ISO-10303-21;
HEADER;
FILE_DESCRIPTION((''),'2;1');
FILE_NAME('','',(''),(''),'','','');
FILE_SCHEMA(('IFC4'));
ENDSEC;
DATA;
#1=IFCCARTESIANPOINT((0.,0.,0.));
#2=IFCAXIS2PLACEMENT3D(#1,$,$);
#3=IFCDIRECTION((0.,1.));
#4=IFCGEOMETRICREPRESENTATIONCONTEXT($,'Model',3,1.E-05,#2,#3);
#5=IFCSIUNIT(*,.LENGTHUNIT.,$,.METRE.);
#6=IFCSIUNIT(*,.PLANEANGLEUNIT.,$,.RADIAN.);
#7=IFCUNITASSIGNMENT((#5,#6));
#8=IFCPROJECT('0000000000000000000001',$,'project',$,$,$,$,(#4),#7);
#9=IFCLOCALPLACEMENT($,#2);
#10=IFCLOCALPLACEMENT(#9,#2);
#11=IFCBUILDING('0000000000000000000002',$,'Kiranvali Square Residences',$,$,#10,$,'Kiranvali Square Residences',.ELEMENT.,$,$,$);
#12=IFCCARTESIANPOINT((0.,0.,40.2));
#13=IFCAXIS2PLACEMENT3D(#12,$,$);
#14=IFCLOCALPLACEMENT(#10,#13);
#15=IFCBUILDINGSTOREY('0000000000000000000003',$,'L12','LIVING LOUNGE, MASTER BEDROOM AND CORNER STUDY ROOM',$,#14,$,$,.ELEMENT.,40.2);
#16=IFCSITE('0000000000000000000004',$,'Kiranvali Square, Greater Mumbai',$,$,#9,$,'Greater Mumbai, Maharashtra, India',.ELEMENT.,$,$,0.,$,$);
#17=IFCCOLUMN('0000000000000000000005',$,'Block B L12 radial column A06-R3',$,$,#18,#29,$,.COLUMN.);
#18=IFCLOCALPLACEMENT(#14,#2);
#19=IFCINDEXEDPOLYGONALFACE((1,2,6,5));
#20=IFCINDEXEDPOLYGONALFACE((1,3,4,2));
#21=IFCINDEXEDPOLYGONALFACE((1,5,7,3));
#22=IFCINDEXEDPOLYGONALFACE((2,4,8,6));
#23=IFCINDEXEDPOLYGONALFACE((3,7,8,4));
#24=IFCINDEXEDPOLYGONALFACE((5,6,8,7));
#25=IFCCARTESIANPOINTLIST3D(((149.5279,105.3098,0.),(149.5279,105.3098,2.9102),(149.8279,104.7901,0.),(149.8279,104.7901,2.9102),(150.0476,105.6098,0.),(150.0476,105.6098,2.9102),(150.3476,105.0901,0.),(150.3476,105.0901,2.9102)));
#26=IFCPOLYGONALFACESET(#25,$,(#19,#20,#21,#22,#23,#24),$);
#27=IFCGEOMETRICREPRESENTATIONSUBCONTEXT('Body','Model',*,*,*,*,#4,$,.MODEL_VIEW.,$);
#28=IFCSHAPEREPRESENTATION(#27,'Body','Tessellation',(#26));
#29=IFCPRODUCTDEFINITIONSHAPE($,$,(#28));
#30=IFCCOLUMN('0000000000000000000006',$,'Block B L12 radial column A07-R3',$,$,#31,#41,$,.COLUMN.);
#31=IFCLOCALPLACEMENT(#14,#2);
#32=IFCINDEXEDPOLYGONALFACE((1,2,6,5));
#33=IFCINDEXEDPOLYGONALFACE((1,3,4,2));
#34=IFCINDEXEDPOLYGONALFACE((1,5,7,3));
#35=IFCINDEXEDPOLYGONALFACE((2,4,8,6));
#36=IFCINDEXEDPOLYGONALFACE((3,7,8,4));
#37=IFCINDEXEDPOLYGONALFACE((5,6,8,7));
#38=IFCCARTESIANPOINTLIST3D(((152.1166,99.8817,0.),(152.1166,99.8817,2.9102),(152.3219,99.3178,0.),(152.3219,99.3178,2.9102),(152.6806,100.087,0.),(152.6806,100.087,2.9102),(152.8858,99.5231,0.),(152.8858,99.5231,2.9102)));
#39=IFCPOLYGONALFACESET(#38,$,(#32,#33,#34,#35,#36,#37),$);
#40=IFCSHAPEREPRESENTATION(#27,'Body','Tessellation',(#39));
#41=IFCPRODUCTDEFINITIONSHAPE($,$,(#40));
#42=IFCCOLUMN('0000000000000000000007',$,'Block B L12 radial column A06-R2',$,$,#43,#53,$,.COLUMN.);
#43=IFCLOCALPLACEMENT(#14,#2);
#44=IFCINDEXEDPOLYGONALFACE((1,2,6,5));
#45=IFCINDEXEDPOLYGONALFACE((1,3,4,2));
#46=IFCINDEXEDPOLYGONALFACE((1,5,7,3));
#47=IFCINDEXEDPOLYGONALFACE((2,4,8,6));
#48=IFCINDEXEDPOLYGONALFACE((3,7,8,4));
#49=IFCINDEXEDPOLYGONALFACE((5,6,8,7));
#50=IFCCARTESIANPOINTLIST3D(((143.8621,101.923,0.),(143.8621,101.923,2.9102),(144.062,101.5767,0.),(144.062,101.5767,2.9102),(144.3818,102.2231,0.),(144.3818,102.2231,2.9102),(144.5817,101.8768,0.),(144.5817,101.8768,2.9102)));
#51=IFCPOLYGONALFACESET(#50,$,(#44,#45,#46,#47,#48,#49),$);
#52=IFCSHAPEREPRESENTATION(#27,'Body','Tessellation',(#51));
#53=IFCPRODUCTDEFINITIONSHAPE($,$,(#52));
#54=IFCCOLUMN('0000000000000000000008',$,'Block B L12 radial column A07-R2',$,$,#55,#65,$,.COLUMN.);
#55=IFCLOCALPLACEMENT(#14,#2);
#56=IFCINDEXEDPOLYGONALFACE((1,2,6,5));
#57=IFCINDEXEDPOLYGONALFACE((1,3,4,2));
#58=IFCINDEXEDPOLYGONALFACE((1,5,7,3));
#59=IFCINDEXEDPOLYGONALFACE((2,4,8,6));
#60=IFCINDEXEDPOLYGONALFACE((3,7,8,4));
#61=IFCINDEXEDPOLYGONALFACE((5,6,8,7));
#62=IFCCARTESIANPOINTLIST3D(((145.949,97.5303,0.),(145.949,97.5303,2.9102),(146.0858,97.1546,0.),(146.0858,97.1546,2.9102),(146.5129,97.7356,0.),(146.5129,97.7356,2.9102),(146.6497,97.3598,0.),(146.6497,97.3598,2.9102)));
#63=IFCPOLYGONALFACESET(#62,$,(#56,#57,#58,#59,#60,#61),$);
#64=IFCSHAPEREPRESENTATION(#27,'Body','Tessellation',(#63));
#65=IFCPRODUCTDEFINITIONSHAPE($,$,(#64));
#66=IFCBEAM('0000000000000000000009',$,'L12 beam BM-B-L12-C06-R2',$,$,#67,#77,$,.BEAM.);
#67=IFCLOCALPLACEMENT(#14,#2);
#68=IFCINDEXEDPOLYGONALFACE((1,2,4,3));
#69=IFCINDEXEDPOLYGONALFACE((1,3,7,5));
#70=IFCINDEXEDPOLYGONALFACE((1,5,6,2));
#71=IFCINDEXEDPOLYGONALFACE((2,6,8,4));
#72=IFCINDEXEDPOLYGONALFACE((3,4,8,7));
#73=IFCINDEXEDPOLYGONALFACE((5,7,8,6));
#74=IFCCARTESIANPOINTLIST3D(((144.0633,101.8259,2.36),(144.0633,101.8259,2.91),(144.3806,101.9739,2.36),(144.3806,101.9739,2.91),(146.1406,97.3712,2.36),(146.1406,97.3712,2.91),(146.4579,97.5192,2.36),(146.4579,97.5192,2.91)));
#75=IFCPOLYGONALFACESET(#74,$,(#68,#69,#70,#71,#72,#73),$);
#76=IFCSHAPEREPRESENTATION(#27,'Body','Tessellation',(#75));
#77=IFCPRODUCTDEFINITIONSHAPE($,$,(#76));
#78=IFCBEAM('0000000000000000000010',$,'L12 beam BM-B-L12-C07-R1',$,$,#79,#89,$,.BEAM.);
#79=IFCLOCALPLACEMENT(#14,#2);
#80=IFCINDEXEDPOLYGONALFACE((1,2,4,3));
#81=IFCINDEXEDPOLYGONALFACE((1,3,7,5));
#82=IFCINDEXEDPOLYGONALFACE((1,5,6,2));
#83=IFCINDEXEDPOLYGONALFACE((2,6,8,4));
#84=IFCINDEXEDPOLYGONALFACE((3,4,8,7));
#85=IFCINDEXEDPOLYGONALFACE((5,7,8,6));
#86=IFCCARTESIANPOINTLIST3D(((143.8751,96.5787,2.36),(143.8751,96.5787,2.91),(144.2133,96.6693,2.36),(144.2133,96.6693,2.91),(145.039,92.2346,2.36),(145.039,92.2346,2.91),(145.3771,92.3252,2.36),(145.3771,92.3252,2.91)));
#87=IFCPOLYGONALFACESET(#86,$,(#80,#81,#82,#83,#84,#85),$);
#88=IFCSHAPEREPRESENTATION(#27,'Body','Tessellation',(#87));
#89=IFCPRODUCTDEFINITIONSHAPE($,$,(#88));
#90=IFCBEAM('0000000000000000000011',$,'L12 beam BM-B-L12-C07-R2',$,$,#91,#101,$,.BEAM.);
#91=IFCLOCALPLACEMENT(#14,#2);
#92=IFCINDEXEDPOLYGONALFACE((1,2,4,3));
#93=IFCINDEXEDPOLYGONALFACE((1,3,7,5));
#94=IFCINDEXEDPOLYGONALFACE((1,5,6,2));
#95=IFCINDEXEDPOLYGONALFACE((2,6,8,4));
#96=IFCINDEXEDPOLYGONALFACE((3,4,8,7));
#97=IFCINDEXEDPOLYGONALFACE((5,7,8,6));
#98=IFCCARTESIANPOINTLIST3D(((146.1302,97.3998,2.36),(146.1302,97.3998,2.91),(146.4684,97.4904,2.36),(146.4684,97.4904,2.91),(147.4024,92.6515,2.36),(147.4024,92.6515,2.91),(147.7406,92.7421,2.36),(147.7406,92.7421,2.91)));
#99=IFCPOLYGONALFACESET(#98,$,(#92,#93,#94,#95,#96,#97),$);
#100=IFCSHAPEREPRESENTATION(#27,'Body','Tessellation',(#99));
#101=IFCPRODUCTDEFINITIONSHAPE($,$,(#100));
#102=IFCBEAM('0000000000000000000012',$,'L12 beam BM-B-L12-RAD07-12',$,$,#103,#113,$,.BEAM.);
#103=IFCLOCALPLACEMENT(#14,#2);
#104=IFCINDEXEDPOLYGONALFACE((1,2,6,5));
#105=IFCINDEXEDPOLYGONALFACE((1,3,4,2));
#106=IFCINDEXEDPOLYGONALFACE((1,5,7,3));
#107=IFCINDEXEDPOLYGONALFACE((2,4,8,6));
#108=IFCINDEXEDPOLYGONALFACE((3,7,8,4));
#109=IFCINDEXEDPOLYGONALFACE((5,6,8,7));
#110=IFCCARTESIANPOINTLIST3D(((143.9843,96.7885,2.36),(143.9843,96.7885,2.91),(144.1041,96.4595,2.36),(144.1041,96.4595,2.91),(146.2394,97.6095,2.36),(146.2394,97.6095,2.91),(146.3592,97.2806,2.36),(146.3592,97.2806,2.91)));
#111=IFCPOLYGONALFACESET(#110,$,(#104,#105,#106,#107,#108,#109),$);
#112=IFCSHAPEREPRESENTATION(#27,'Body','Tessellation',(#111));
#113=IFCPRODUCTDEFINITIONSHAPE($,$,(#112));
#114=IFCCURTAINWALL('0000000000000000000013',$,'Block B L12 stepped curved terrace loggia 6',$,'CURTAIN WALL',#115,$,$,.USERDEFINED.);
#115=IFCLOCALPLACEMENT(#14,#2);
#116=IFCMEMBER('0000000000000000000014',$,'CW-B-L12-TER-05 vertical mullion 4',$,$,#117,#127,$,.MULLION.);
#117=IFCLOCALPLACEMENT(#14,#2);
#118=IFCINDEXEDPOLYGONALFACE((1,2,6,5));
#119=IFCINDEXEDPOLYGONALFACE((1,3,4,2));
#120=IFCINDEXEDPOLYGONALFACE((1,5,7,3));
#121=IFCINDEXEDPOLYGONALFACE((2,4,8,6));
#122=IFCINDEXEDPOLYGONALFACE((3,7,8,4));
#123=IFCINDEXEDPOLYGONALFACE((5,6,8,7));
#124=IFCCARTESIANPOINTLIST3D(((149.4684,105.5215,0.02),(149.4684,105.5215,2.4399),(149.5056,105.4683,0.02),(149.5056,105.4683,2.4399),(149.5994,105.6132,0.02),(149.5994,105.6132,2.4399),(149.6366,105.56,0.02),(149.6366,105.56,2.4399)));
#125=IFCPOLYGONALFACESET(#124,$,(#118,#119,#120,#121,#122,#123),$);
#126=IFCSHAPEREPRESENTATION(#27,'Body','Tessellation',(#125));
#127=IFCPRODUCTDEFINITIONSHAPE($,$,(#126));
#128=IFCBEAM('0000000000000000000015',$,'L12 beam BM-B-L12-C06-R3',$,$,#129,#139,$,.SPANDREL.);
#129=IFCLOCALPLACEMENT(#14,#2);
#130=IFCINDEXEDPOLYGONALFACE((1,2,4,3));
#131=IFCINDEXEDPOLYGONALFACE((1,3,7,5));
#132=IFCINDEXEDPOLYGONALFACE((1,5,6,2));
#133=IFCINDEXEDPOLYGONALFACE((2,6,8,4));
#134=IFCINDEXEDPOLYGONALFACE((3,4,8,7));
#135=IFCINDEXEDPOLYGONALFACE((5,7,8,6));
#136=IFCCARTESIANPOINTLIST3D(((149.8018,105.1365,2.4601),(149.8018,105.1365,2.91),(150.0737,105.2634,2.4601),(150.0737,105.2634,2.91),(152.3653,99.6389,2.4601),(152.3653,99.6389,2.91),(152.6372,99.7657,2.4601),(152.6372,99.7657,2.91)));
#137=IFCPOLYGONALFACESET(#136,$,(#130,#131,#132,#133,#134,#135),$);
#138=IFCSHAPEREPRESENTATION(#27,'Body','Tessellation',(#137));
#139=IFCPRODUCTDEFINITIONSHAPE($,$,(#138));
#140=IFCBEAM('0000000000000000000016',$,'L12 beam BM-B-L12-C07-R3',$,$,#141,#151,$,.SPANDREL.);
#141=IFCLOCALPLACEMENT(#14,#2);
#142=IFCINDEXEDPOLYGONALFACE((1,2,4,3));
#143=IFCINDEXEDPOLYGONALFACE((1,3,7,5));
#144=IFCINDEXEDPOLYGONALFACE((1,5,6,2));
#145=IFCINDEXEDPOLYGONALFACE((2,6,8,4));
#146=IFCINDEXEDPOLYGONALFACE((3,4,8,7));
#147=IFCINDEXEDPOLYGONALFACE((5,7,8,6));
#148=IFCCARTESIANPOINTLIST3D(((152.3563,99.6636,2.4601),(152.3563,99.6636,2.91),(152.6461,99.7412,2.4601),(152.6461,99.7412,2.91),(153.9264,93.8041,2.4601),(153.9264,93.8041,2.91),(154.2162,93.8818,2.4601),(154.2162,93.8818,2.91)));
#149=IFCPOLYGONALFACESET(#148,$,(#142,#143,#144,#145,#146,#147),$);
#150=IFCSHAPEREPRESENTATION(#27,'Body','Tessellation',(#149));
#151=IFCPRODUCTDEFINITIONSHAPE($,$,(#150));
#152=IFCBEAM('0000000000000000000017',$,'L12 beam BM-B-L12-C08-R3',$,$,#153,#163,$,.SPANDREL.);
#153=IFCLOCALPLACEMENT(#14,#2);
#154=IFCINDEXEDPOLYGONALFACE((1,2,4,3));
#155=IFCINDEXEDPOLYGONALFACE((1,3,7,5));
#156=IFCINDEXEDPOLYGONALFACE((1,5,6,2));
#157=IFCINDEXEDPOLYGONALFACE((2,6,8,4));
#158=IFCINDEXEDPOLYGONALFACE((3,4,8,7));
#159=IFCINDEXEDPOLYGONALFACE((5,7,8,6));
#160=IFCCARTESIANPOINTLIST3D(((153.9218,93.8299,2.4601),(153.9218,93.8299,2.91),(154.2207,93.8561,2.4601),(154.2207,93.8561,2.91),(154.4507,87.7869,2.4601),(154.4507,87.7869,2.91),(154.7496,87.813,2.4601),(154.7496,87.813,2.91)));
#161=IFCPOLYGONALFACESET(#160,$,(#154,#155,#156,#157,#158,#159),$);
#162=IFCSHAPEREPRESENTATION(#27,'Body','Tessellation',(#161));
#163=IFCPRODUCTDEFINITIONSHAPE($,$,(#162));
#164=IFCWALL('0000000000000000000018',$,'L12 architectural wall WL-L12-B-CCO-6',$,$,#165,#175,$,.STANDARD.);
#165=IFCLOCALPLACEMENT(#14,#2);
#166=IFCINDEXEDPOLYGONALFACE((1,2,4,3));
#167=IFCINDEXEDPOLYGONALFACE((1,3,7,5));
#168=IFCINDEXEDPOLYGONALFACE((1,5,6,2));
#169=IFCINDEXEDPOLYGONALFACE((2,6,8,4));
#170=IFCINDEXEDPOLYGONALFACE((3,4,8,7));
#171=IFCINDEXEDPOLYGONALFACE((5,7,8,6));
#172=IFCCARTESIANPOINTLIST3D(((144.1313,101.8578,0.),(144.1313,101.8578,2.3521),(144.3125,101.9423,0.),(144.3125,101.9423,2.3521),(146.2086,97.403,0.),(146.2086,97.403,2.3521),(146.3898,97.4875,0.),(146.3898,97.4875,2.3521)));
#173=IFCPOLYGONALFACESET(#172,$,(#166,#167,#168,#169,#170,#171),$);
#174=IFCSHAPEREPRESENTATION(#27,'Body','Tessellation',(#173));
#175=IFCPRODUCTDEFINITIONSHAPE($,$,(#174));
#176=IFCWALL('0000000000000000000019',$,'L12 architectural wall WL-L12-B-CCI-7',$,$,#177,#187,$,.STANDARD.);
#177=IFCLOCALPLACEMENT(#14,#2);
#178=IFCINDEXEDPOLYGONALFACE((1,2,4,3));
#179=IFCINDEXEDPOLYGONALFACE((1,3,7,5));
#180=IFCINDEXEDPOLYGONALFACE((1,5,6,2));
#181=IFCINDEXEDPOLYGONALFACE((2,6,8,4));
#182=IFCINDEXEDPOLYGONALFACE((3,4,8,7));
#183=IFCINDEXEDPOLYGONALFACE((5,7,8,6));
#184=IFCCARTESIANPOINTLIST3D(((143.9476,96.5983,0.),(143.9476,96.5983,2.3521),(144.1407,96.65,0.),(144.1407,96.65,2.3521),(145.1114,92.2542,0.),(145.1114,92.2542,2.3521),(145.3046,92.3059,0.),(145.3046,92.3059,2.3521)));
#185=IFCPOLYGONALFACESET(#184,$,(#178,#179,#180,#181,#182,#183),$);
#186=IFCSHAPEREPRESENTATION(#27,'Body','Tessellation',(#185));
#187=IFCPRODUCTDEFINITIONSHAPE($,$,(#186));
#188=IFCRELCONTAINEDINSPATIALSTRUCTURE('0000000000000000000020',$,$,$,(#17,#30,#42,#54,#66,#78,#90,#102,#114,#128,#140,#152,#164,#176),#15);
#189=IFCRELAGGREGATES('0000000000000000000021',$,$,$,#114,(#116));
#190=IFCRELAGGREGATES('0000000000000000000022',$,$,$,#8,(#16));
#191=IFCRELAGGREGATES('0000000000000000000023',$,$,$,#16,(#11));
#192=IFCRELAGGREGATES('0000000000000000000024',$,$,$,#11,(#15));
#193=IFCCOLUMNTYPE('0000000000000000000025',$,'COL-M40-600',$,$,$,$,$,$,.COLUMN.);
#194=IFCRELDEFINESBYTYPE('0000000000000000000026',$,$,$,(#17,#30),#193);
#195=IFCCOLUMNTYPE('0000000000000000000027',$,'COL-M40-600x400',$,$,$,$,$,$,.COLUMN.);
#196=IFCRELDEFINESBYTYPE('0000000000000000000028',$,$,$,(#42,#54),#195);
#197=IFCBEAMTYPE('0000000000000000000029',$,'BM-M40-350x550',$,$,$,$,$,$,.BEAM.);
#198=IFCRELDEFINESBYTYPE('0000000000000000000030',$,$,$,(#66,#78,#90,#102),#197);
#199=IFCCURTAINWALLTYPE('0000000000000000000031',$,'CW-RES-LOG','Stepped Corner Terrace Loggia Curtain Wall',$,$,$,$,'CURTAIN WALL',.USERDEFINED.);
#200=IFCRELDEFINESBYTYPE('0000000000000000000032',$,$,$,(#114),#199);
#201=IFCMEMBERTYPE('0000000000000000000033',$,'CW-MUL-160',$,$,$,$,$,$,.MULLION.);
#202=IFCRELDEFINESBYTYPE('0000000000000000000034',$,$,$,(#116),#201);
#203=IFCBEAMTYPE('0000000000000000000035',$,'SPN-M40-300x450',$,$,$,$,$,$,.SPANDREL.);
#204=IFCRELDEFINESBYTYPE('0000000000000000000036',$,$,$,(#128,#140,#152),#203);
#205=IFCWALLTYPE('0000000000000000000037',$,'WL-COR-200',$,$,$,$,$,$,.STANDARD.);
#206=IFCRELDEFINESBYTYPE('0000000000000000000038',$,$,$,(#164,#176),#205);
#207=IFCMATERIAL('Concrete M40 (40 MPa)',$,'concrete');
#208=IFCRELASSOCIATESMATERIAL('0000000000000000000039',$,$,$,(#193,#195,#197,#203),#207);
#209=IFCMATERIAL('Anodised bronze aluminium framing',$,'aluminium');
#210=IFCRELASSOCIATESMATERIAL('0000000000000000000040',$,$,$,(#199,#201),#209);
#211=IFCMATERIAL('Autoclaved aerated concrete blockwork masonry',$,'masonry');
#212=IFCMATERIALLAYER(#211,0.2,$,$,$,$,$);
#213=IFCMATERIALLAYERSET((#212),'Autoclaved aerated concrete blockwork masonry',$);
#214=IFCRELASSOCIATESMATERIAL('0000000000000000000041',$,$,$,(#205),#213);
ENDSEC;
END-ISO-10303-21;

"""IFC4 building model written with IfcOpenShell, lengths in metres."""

from ifc_helpers import new_model, si_unit, direction, frame, frame_2d, origin, origin_2d, place, context, subcontext, project, spatial, rectangle, extrude, material, layer, layer_set, material_profile, profile_set, type_object, element, aggregate, save


model = new_model("IFC4")

# Units and contexts
model_context = context("Model", 3, precision=1e-05, world=origin(), true_north=direction((0.0, 1.0)))
body_context = subcontext(model_context, "Body", "Model", "MODEL_VIEW")
ifc_project = project(units=[si_unit("LENGTHUNIT", "METRE"), si_unit("PLANEANGLEUNIT", "RADIAN")], contexts=[model_context])

# Site, building, storey
site_placement = place(None, origin())
site = spatial("IfcSite", under=ifc_project, at=site_placement, Name="Kiranvali Square, Greater Mumbai", LongName="Greater Mumbai, Maharashtra, India", CompositionType="ELEMENT", RefElevation=0.0)
building_placement = place(site_placement, origin())
building = spatial("IfcBuilding", under=site, at=building_placement, Name="Kiranvali Square Residences", LongName="Kiranvali Square Residences", CompositionType="ELEMENT")
storey_placement = place(building_placement, frame((0.0, 0.0, 40.2)))
storey = spatial("IfcBuildingStorey", under=building, at=storey_placement, Name="L12", Description="LIVING LOUNGE, MASTER BEDROOM AND CORNER STUDY ROOM", CompositionType="ELEMENT", Elevation=40.2)

# Columns
ifc_material_1 = material(Name="Concrete M40 (40 MPa)", Category="concrete")
ifc_material_profile_1 = material_profile(ifc_material_1, rectangle(XDim=0.6001, YDim=0.6001, at=origin_2d()), Name="RC 600x600")
ifc_profile_set_1 = profile_set([ifc_material_profile_1], Name="Concrete M40 (40 MPa)")
column_type_1 = type_object("IfcColumnType", Name="COL-M40-600", PredefinedType="COLUMN", material=ifc_profile_set_1)
for number, where, z_axis, x_axis, name in (
    (1, (149.9377, 105.2, 0.0), (0.0, 0.0, 1.0), (-0.5, 0.866025, 0.0), "Block B L12 radial column A06-R3"),
    (2, (152.5012, 99.7024, 0.0), (0.0, 0.0, 1.0), (-0.34202, 0.939693, 0.0), "Block B L12 radial column A07-R3"),
):
    element("IfcColumn", number, at=place(storey_placement, frame(where, z_axis=z_axis, x_axis=x_axis)), inside=storey, type_object=column_type_1, Name=name, PredefinedType="COLUMN", context=body_context, shape_type="SweptSolid", body=[
        extrude(rectangle(XDim=0.6001, YDim=0.6001, at=origin_2d()), origin(), (0.0, 0.0, 1.0), 2.9102),
    ])
ifc_material_profile_2 = material_profile(ifc_material_1, rectangle(XDim=0.3999, YDim=0.6001, at=origin_2d()), Name="RC 600x400")
ifc_profile_set_2 = profile_set([ifc_material_profile_2], Name="Concrete M40 (40 MPa)")
column_type_2 = type_object("IfcColumnType", Name="COL-M40-600x400", PredefinedType="COLUMN", material=ifc_profile_set_2)
for number, where, z_axis, x_axis, name in (
    (3, (144.2219, 101.8999, 0.0), (0.0, 0.0, 1.0), (-0.5, 0.866025, 0.0), "Block B L12 radial column A06-R2"),
    (4, (146.2993, 97.4451, 0.0), (0.0, 0.0, 1.0), (-0.34202, 0.939693, 0.0), "Block B L12 radial column A07-R2"),
):
    element("IfcColumn", number, at=place(storey_placement, frame(where, z_axis=z_axis, x_axis=x_axis)), inside=storey, type_object=column_type_2, Name=name, PredefinedType="COLUMN", context=body_context, shape_type="SweptSolid", body=[
        extrude(rectangle(XDim=0.3999, YDim=0.6001, at=origin_2d()), origin(), (0.0, 0.0, 1.0), 2.9102),
    ])

# Beams
ifc_material_profile_3 = material_profile(ifc_material_1, rectangle(XDim=0.3501, YDim=0.55, at=origin_2d()), Name="RC 350x550")
ifc_profile_set_3 = profile_set([ifc_material_profile_3], Name="Concrete M40 (40 MPa)")
beam_type_1 = type_object("IfcBeamType", Name="BM-M40-350x550", PredefinedType="BEAM", material=ifc_profile_set_3)
beam_1_placement = place(storey_placement, frame((144.2219, 101.8999, 2.635), z_axis=(0.42263, -0.906302, 0.0), x_axis=(0.906302, 0.42263, 0.0)))
element("IfcBeam", 5, at=beam_1_placement, inside=storey, type_object=beam_type_1, Name="L12 beam BM-B-L12-C06-R2", PredefinedType="BEAM", context=body_context, shape_type="SweptSolid", body=[
    extrude(rectangle(XDim=0.3501, YDim=0.55, at=origin_2d()), origin(), (0.0, 0.0, 1.0), 4.9153),
])
beam_2_placement = place(storey_placement, frame((144.0442, 96.624, 2.635), z_axis=(0.258788, -0.965934, 0.0), x_axis=(0.965934, 0.258788, 0.0)))
element("IfcBeam", 6, at=beam_2_placement, inside=storey, type_object=beam_type_1, Name="L12 beam BM-B-L12-C07-R1", PredefinedType="BEAM", context=body_context, shape_type="SweptSolid", body=[
    extrude(rectangle(XDim=0.3501, YDim=0.55, at=origin_2d()), origin(), (0.0, 0.0, 1.0), 4.4973),
])
beam_3_placement = place(storey_placement, frame((146.2993, 97.4451, 2.635), z_axis=(0.258803, -0.96593, 0.0), x_axis=(0.96593, 0.258803, 0.0)))
element("IfcBeam", 7, at=beam_3_placement, inside=storey, type_object=beam_type_1, Name="L12 beam BM-B-L12-C07-R2", PredefinedType="BEAM", context=body_context, shape_type="SweptSolid", body=[
    extrude(rectangle(XDim=0.3501, YDim=0.55, at=origin_2d()), origin(), (0.0, 0.0, 1.0), 4.9158),
])
beam_4_placement = place(storey_placement, frame((144.0442, 96.624, 2.635), z_axis=(0.93966, 0.342111, 0.0), x_axis=(-0.342111, 0.93966, 0.0)))
element("IfcBeam", 8, at=beam_4_placement, inside=storey, type_object=beam_type_1, Name="L12 beam BM-B-L12-RAD07-12", PredefinedType="BEAM", context=body_context, shape_type="SweptSolid", body=[
    extrude(rectangle(XDim=0.3501, YDim=0.55, at=origin_2d()), origin(), (0.0, 0.0, 1.0), 2.3999),
])

# Curtain wall, member
ifc_material_2 = material(Name="Anodised bronze aluminium framing", Category="aluminium")
curtain_wall_type = type_object("IfcCurtainWallType", Name="CW-RES-LOG", Description="Stepped Corner Terrace Loggia Curtain Wall", ElementType="CURTAIN WALL", PredefinedType="USERDEFINED", material=ifc_material_2)
curtain_wall_placement = place(storey_placement, origin())
curtain_wall = element("IfcCurtainWall", 9, at=curtain_wall_placement, inside=storey, type_object=curtain_wall_type, Name="Block B L12 stepped curved terrace loggia 6", ObjectType="CURTAIN WALL", PredefinedType="USERDEFINED")
ifc_material_profile_4 = material_profile(ifc_material_2, rectangle(XDim=0.0649, YDim=0.1599, at=origin_2d()), Name="ALU 65x160")
ifc_profile_set_4 = profile_set([ifc_material_profile_4], Name="Anodised bronze aluminium framing")
member_type = type_object("IfcMemberType", Name="CW-MUL-160", PredefinedType="MULLION", material=ifc_profile_set_4)
member_placement = place(storey_placement, frame((149.5525, 105.5408, 0.02), z_axis=(0.0, 0.0, 1.0), x_axis=(0.573576, -0.819152, 0.0)))
member = element("IfcMember", 10, at=member_placement, type_object=member_type, Name="CW-B-L12-TER-05 vertical mullion 4", PredefinedType="MULLION", context=body_context, shape_type="SweptSolid", body=[
    extrude(rectangle(XDim=0.0649, YDim=0.1599, at=origin_2d()), origin(), (0.0, 0.0, 1.0), 2.4199),
])
aggregate(curtain_wall, [member])

# Beams
ifc_material_profile_5 = material_profile(ifc_material_1, rectangle(XDim=0.3, YDim=0.45, at=origin_2d()), Name="RC 300x450")
ifc_profile_set_5 = profile_set([ifc_material_profile_5], Name="Concrete M40 (40 MPa)")
beam_type_2 = type_object("IfcBeamType", Name="SPN-M40-300x450", PredefinedType="SPANDREL", material=ifc_profile_set_5)
beam_5_placement = place(storey_placement, frame((149.9377, 105.2, 2.6851), z_axis=(0.422608, -0.906313, 0.0), x_axis=(0.906313, 0.422608, 0.0)))
element("IfcBeam", 11, at=beam_5_placement, inside=storey, type_object=beam_type_2, Name="L12 beam BM-B-L12-C06-R3", PredefinedType="SPANDREL", context=body_context, shape_type="SweptSolid", body=[
    extrude(rectangle(XDim=0.3, YDim=0.45, at=origin_2d()), origin(), (0.0, 0.0, 1.0), 6.0659),
])
for number, where, z_axis, x_axis, name in (
    (12, (152.5012, 99.7024, 2.6851), (0.258827, -0.965924, 0.0), (0.965924, 0.258827, 0.0), "L12 beam BM-B-L12-C07-R3"),
    (13, (154.0713, 93.843, 2.6851), (0.087175, -0.996193, 0.0), (0.996193, 0.087175, 0.0), "L12 beam BM-B-L12-C08-R3"),
):
    element("IfcBeam", number, at=place(storey_placement, frame(where, z_axis=z_axis, x_axis=x_axis)), inside=storey, type_object=beam_type_2, Name=name, PredefinedType="SPANDREL", context=body_context, shape_type="SweptSolid", body=[
        extrude(rectangle(XDim=0.3, YDim=0.45, at=origin_2d()), origin(), (0.0, 0.0, 1.0), 6.0662),
    ])

# Walls
ifc_material_3 = material(Name="Autoclaved aerated concrete blockwork masonry", Category="masonry")
ifc_layer_1 = layer(ifc_material_3, 0.2)
ifc_layer_set_1 = layer_set([ifc_layer_1], Name="Autoclaved aerated concrete blockwork masonry")
wall_type_1 = type_object("IfcWallType", Name="WL-COR-200", PredefinedType="STANDARD", material=ifc_layer_set_1)
wall_1_placement = place(storey_placement, frame((144.2219, 101.8999, 0.0), z_axis=(0.0, 0.0, 1.0), x_axis=(0.42263, -0.906302, 0.0)))
element("IfcWall", 14, at=wall_1_placement, inside=storey, type_object=wall_type_1, Name="L12 architectural wall WL-L12-B-CCO-6", PredefinedType="STANDARD", context=body_context, shape_type="SweptSolid", body=[
    extrude(rectangle(XDim=4.9153, YDim=0.2, at=frame_2d((2.4575, 0.0))), origin(), (0.0, 0.0, 1.0), 2.3521),
])
wall_2_placement = place(storey_placement, frame((144.0442, 96.624, 0.0), z_axis=(0.0, 0.0, 1.0), x_axis=(0.258788, -0.965934, 0.0)))
element("IfcWall", 15, at=wall_2_placement, inside=storey, type_object=wall_type_1, Name="L12 architectural wall WL-L12-B-CCI-7", PredefinedType="STANDARD", context=body_context, shape_type="SweptSolid", body=[
    extrude(rectangle(XDim=4.4973, YDim=0.2, at=frame_2d((2.2485, 0.0))), origin(), (0.0, 0.0, 1.0), 2.3521),
])

save(model, "model.ifc")
